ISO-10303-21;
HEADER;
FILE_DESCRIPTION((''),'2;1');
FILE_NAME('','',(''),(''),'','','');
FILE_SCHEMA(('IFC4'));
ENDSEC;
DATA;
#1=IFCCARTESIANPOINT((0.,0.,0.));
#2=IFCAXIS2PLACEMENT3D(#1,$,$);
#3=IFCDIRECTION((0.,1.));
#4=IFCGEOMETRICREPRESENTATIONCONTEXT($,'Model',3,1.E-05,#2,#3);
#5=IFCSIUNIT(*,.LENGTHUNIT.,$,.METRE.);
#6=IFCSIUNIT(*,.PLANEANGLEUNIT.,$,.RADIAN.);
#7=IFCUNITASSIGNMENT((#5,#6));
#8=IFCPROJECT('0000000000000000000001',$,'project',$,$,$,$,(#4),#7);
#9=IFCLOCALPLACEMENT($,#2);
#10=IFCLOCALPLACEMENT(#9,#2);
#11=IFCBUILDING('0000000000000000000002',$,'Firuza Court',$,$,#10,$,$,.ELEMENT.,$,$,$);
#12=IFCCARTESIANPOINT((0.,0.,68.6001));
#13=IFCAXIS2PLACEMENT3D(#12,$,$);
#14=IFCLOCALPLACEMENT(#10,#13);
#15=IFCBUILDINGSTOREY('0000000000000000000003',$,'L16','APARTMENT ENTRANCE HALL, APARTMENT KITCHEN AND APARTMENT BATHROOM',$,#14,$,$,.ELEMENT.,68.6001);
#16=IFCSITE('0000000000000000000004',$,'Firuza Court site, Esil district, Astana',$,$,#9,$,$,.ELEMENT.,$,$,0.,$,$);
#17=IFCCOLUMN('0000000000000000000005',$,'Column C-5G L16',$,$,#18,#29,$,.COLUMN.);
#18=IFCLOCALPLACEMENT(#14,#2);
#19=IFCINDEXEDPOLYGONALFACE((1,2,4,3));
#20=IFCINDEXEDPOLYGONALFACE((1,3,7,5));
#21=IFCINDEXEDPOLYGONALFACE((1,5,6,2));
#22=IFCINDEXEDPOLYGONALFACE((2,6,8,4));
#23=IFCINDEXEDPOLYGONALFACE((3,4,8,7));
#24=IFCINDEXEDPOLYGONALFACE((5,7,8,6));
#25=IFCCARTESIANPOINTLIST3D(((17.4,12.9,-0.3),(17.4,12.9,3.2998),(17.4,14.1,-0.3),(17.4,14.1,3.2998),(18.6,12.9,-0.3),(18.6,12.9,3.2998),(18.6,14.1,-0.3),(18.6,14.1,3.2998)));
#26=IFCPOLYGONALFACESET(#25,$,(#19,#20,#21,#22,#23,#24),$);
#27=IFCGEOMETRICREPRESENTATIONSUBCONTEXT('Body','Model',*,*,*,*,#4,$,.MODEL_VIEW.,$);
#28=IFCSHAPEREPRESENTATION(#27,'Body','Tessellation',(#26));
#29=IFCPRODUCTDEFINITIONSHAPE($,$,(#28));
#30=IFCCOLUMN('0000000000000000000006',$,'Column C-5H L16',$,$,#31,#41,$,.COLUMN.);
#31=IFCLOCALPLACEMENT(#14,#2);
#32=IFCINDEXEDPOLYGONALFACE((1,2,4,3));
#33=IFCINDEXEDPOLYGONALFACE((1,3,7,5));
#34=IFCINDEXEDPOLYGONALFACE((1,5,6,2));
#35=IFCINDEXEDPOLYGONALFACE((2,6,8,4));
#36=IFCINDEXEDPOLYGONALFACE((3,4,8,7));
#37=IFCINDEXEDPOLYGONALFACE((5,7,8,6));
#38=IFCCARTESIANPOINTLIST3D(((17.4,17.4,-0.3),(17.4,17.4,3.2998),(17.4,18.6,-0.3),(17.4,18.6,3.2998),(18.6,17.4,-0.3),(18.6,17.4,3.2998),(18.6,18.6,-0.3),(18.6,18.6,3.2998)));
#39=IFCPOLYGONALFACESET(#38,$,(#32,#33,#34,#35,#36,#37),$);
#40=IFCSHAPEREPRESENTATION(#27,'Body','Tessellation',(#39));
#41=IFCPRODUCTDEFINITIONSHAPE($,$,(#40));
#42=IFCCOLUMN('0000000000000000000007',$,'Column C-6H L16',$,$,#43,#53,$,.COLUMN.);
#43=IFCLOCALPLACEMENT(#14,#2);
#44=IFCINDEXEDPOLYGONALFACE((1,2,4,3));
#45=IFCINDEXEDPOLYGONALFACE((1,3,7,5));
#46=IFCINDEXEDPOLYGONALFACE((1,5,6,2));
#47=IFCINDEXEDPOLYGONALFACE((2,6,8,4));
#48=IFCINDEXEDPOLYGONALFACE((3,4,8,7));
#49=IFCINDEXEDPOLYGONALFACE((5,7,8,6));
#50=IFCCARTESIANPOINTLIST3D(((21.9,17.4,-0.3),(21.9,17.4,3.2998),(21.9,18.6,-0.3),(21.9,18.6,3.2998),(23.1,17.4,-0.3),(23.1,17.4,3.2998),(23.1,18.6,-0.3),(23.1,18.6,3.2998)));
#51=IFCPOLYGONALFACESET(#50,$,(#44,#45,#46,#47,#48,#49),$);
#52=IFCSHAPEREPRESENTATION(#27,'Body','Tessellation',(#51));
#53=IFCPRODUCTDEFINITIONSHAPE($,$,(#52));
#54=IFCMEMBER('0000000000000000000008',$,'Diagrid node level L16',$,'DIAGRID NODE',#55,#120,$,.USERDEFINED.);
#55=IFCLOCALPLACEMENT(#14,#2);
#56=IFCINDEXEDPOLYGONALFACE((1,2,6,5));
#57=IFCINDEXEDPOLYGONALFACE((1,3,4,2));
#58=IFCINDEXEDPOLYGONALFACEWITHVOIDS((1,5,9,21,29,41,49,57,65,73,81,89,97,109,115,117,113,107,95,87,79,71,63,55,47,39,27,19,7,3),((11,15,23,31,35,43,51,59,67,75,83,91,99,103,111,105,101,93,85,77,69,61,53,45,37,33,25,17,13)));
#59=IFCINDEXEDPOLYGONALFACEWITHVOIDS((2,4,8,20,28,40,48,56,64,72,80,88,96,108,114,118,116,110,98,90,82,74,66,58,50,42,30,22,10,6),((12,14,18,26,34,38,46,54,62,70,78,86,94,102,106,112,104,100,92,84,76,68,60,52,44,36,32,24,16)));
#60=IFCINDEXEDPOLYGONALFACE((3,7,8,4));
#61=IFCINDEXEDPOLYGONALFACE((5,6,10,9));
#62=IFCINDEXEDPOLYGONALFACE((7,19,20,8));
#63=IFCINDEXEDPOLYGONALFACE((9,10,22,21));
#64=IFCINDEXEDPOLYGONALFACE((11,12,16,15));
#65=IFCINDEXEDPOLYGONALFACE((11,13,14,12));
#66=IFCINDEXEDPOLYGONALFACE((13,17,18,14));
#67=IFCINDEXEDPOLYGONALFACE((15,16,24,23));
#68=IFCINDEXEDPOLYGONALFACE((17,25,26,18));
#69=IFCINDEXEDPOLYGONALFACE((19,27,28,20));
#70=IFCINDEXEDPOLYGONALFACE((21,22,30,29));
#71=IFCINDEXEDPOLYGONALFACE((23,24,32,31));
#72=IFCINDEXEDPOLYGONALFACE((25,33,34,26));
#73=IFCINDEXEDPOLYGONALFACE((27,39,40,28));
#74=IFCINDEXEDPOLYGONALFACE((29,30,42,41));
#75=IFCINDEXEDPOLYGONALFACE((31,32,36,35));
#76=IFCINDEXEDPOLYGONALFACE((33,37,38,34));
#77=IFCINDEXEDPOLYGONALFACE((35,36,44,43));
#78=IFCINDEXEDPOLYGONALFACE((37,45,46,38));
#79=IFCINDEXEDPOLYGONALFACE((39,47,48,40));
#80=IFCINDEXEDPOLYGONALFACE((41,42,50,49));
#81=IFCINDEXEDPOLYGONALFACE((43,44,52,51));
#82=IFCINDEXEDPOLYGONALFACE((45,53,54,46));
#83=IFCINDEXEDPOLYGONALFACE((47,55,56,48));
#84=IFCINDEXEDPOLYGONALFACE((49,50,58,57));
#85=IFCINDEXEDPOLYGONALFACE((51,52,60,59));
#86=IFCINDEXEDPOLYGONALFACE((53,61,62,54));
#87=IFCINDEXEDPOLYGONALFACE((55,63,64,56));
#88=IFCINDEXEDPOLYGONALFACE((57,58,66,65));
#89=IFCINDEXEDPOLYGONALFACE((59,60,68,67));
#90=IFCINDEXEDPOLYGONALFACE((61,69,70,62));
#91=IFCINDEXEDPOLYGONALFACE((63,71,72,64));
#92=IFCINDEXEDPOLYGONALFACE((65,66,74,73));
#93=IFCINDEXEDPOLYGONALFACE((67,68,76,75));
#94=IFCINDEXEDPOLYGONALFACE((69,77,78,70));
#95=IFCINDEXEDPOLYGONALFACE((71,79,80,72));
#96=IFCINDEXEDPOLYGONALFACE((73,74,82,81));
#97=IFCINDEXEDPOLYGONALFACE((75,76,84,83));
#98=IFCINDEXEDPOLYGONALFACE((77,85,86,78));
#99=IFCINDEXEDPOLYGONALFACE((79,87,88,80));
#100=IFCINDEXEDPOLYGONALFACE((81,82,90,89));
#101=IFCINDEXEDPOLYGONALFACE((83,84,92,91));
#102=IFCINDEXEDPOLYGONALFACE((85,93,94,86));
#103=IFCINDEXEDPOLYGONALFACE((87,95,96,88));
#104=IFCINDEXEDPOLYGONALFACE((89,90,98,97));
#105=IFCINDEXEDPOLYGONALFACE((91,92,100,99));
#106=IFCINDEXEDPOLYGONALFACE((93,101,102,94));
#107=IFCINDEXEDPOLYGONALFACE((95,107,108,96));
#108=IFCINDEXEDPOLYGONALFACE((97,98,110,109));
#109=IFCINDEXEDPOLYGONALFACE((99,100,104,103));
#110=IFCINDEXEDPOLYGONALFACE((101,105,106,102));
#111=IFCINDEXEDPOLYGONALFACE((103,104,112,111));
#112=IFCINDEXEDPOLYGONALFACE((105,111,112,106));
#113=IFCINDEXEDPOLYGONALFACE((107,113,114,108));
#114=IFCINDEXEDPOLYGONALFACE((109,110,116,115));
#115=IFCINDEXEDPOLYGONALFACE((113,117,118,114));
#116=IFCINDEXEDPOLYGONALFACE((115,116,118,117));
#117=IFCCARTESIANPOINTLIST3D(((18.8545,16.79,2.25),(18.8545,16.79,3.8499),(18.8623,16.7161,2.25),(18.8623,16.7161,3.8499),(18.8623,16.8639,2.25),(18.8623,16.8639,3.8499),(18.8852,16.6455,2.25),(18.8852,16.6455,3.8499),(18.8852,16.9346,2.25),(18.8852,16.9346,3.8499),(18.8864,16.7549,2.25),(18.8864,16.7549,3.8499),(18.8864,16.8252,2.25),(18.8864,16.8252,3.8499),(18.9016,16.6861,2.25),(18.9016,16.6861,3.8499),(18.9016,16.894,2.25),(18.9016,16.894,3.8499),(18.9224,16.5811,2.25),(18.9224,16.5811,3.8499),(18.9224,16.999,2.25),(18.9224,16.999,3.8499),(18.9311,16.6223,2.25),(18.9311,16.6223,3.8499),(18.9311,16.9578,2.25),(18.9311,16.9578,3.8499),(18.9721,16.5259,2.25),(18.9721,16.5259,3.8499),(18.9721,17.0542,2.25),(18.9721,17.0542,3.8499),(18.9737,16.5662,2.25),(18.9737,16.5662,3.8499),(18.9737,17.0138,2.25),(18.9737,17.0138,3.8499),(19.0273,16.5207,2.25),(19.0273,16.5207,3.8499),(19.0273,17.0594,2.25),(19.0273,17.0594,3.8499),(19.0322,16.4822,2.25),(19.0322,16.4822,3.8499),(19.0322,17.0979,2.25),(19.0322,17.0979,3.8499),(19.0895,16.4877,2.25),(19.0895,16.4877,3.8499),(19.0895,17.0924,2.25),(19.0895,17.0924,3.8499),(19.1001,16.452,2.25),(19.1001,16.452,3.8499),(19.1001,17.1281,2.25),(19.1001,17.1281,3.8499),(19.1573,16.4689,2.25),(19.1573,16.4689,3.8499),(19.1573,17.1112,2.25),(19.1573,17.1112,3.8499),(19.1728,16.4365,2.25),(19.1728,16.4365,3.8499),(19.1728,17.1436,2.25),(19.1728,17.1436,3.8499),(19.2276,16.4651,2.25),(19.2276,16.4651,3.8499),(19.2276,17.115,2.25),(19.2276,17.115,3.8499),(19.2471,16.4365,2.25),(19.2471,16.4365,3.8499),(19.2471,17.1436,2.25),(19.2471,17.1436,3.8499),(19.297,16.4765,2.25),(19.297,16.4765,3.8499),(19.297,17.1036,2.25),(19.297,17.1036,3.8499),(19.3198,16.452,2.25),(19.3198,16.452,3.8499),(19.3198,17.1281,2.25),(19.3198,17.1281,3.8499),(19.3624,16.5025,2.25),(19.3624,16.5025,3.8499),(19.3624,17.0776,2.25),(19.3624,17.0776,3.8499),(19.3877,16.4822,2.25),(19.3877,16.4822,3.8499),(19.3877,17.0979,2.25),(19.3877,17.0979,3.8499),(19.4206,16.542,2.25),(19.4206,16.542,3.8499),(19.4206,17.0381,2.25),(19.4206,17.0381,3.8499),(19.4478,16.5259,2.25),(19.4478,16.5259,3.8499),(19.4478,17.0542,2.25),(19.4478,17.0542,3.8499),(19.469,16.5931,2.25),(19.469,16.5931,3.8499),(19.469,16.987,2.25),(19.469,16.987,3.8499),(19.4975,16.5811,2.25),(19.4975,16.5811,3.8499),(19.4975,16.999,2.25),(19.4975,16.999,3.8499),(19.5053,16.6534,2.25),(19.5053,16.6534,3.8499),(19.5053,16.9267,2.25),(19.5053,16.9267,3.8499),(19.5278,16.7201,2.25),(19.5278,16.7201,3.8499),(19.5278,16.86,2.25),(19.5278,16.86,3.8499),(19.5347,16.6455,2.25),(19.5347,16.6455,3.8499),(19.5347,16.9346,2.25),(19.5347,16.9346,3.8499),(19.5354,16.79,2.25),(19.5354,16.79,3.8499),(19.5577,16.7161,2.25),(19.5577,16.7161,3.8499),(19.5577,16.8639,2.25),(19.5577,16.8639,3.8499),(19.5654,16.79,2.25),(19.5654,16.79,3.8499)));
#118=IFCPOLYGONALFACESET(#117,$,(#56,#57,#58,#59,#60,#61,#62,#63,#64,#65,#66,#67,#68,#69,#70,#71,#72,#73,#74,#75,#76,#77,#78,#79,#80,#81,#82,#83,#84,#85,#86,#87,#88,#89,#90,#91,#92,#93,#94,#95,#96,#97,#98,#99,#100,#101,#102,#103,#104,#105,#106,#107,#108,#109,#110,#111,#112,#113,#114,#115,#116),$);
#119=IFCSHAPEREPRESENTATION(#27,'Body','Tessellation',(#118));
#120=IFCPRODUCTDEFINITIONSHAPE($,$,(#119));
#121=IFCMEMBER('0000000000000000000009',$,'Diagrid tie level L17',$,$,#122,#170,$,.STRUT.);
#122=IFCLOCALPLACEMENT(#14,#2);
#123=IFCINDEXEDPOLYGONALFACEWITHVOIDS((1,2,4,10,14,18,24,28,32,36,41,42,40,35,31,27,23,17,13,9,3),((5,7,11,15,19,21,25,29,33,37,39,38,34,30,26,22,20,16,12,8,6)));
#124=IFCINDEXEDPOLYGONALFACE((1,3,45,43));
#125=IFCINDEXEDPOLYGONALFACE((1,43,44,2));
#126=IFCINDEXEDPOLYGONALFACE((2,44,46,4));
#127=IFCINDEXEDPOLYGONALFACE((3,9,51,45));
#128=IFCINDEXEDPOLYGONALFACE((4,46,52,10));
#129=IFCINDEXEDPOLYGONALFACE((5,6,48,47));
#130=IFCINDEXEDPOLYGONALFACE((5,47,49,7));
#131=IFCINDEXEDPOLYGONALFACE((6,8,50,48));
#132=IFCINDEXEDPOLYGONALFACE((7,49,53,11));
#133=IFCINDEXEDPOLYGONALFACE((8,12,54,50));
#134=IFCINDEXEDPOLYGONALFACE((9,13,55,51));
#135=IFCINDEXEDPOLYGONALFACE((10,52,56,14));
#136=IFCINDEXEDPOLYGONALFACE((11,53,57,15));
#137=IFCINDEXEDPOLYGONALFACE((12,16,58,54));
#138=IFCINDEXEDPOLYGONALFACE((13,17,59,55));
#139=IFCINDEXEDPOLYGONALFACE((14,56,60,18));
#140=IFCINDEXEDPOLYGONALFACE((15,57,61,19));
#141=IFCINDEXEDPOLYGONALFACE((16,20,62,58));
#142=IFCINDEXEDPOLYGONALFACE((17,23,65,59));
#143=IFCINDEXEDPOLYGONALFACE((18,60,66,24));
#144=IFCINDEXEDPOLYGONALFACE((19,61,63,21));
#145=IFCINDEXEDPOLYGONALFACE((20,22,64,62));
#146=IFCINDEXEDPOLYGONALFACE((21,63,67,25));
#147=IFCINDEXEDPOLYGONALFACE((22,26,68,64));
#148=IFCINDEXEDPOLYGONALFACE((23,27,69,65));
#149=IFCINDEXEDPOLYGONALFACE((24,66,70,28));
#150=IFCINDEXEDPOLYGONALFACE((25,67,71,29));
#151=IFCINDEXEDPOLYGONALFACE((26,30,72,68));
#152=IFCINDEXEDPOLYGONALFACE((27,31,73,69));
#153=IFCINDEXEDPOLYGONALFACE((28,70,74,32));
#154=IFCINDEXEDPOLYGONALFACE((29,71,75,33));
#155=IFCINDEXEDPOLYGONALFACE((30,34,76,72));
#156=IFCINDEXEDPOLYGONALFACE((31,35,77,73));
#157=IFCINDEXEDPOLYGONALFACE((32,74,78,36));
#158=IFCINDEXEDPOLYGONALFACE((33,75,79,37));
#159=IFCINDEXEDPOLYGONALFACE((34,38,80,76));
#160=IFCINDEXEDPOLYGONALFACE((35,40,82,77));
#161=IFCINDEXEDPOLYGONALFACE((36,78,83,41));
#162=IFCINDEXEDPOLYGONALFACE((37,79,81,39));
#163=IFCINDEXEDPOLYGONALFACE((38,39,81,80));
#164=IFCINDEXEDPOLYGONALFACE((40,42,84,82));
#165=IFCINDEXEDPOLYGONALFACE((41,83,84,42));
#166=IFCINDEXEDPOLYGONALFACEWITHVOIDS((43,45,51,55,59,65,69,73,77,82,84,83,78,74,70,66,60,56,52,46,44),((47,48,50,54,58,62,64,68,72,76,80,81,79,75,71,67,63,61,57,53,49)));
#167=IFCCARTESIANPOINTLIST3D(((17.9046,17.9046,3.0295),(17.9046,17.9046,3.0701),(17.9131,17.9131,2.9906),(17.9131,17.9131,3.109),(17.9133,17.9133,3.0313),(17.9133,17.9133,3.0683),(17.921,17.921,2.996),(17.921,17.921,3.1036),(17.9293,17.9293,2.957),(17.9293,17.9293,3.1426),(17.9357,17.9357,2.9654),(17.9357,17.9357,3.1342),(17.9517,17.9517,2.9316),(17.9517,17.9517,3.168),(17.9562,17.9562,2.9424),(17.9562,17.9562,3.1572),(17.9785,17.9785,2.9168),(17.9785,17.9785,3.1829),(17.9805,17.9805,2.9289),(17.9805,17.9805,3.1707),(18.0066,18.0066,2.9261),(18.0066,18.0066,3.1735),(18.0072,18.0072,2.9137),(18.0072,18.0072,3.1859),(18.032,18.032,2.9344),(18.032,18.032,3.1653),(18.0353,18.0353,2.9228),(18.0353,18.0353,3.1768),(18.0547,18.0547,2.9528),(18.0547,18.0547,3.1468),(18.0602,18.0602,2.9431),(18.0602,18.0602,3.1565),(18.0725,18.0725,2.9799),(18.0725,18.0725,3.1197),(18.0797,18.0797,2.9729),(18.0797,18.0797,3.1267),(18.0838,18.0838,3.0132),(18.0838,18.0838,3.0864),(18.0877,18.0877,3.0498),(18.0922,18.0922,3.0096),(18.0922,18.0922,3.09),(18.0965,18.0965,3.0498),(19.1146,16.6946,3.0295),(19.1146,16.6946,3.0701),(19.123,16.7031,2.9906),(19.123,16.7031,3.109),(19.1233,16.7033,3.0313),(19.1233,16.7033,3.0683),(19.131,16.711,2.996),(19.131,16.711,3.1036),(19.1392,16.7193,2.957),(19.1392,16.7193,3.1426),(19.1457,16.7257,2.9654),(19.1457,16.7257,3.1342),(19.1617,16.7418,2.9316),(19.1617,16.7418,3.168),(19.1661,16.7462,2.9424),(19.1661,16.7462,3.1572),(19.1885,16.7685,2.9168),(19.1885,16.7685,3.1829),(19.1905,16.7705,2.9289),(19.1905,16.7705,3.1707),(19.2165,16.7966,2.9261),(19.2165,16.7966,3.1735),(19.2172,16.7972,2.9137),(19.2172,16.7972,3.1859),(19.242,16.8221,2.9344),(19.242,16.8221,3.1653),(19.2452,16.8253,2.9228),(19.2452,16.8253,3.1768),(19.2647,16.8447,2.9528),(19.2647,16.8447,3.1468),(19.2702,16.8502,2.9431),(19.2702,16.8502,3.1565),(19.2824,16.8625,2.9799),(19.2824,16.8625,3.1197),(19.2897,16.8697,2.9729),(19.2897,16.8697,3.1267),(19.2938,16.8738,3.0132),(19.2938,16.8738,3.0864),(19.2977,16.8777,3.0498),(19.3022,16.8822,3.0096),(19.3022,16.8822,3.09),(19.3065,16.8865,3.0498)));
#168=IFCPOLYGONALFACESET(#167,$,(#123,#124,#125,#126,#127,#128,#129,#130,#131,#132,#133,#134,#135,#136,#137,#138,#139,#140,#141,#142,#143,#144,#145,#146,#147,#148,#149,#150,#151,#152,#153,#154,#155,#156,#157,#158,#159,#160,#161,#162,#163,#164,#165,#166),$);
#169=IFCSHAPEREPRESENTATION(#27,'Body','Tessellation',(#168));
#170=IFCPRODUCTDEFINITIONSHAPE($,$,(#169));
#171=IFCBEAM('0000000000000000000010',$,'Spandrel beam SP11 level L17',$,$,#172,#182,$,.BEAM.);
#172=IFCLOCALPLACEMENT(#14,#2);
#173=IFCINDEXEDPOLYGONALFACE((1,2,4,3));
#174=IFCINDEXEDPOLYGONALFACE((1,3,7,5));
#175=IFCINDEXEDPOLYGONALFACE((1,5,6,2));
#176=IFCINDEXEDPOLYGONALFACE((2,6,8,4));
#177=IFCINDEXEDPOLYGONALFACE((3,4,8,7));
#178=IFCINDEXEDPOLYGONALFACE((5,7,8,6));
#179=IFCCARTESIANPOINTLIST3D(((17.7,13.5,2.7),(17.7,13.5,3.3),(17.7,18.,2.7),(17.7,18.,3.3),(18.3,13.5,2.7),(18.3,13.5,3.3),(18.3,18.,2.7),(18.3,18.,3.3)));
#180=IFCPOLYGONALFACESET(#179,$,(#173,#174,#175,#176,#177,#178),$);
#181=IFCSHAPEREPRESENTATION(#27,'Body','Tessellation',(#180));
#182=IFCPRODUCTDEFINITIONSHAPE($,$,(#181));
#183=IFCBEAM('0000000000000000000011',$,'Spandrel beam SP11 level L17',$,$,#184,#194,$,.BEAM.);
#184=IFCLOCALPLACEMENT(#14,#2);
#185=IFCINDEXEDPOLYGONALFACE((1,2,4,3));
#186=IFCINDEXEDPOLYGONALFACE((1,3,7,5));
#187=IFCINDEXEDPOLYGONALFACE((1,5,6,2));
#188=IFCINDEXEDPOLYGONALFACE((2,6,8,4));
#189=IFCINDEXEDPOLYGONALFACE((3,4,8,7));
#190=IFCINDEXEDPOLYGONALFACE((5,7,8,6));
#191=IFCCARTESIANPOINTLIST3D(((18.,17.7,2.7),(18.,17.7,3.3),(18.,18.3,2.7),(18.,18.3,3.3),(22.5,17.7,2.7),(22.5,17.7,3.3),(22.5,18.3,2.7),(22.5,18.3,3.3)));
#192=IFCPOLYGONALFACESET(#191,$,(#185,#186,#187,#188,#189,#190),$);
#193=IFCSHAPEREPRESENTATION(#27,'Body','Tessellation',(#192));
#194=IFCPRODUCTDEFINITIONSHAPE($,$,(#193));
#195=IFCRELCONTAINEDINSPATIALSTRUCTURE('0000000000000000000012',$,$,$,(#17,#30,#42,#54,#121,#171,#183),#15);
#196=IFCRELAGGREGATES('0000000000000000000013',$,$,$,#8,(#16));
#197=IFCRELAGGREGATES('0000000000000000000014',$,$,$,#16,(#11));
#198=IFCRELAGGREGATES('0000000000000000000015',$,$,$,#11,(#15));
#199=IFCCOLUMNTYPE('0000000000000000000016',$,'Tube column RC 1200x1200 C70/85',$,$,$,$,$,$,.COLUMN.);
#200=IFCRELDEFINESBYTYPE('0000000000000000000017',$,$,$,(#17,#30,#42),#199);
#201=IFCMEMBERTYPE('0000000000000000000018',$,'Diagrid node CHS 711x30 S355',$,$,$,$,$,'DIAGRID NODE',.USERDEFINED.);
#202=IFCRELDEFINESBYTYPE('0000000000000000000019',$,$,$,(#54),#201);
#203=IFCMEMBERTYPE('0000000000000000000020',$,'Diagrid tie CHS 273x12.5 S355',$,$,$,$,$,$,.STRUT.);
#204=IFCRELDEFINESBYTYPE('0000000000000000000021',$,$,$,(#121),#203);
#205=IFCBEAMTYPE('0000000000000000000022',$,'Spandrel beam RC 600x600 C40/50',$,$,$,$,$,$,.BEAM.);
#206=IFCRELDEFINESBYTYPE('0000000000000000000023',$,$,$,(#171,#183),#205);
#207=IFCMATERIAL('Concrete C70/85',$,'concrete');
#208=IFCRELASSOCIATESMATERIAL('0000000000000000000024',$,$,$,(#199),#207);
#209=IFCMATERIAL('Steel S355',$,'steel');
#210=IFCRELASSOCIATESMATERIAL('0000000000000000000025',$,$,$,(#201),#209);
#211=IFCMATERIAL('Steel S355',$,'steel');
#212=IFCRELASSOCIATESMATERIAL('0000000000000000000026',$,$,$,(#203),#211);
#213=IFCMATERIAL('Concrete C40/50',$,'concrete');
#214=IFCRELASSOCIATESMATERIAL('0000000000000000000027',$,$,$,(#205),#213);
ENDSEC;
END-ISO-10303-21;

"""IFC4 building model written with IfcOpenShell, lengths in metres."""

from ifc_helpers import new_model, si_unit, direction, frame, origin, origin_2d, place, context, subcontext, project, spatial, rectangle, hollow_circle, extrude, material, material_profile, profile_set, type_object, element, save


model = new_model("IFC4")

# Units and contexts
model_context = context("Model", 3, precision=1e-05, world=origin(), true_north=direction((0.0, 1.0)))
body_context = subcontext(model_context, "Body", "Model", "MODEL_VIEW")
ifc_project = project(units=[si_unit("LENGTHUNIT", "METRE"), si_unit("PLANEANGLEUNIT", "RADIAN")], contexts=[model_context])

# Site, building, storey
site_placement = place(None, origin())
site = spatial("IfcSite", under=ifc_project, at=site_placement, Name="Firuza Court site, Esil district, Astana", CompositionType="ELEMENT", RefElevation=0.0)
building_placement = place(site_placement, origin())
building = spatial("IfcBuilding", under=site, at=building_placement, Name="Firuza Court", CompositionType="ELEMENT")
storey_placement = place(building_placement, frame((0.0, 0.0, 68.6001)))
storey = spatial("IfcBuildingStorey", under=building, at=storey_placement, Name="L16", Description="APARTMENT ENTRANCE HALL, APARTMENT KITCHEN AND APARTMENT BATHROOM", CompositionType="ELEMENT", Elevation=68.6001)

# Columns
ifc_material_1 = material(Name="Concrete C70/85", Category="concrete")
ifc_material_profile_1 = material_profile(ifc_material_1, rectangle(XDim=1.2, YDim=1.2, at=origin_2d()), Name="RC 1200x1200")
ifc_profile_set_1 = profile_set([ifc_material_profile_1], Name="Concrete C70/85")
column_type = type_object("IfcColumnType", Name="Tube column RC 1200x1200 C70/85", PredefinedType="COLUMN", material=ifc_profile_set_1)
for number, where, z_axis, x_axis, name in (
    (1, (18.0, 13.5, -0.3), (0.0, 0.0, 1.0), (1.0, 0.0, 0.0), "Column C-5G L16"),
    (2, (18.0, 18.0, -0.3), (0.0, 0.0, 1.0), (1.0, 0.0, 0.0), "Column C-5H L16"),
    (3, (22.5, 18.0, -0.3), (0.0, 0.0, 1.0), (1.0, 0.0, 0.0), "Column C-6H L16"),
):
    element("IfcColumn", number, at=place(storey_placement, frame(where, z_axis=z_axis, x_axis=x_axis)), inside=storey, type_object=column_type, Name=name, PredefinedType="COLUMN", context=body_context, shape_type="SweptSolid", body=[
        extrude(rectangle(XDim=1.2, YDim=1.2, at=origin_2d()), origin(), (0.0, 0.0, 1.0), 3.5999),
    ])

# Members
ifc_material_2 = material(Name="Steel S355", Category="steel")
ifc_material_profile_2 = material_profile(ifc_material_2, hollow_circle(Radius=0.3555, WallThickness=0.03, at=origin_2d()), Name="CHS 711x30")
ifc_profile_set_2 = profile_set([ifc_material_profile_2], Name="Steel S355")
member_type_1 = type_object("IfcMemberType", Name="Diagrid node CHS 711x30 S355", ElementType="DIAGRID NODE", PredefinedType="USERDEFINED", material=ifc_profile_set_2)
member_1_placement = place(storey_placement, frame((19.21, 16.79, 2.25), z_axis=(0.0, 0.0, 1.0), x_axis=(1.0, 0.0, 0.0)))
element("IfcMember", 4, at=member_1_placement, inside=storey, type_object=member_type_1, Name="Diagrid node level L16", ObjectType="DIAGRID NODE", PredefinedType="USERDEFINED", context=body_context, shape_type="SweptSolid", body=[
    extrude(hollow_circle(Radius=0.3555, WallThickness=0.03, at=origin_2d()), origin(), (0.0, 0.0, 1.0), 1.5999),
])
ifc_material_3 = material(Name="Steel S355", Category="steel")
ifc_material_profile_3 = material_profile(ifc_material_3, hollow_circle(Radius=0.1365, WallThickness=0.0125, at=origin_2d()), Name="CHS 273x12.5")
ifc_profile_set_3 = profile_set([ifc_material_profile_3], Name="Steel S355")
member_type_2 = type_object("IfcMemberType", Name="Diagrid tie CHS 273x12.5 S355", PredefinedType="STRUT", material=ifc_profile_set_3)
member_2_placement = place(storey_placement, frame((18.0, 18.0, 3.0498), z_axis=(0.707107, -0.707107, 0.0), x_axis=(0.707107, 0.707107, 0.0)))
element("IfcMember", 5, at=member_2_placement, inside=storey, type_object=member_type_2, Name="Diagrid tie level L17", PredefinedType="STRUT", context=body_context, shape_type="SweptSolid", body=[
    extrude(hollow_circle(Radius=0.1365, WallThickness=0.0125, at=origin_2d()), origin(), (0.0, 0.0, 1.0), 1.7112),
])

# Beams
ifc_material_4 = material(Name="Concrete C40/50", Category="concrete")
ifc_material_profile_4 = material_profile(ifc_material_4, rectangle(XDim=0.6001, YDim=0.6001, at=origin_2d()), Name="RC 600x600")
ifc_profile_set_4 = profile_set([ifc_material_profile_4], Name="Concrete C40/50")
beam_type = type_object("IfcBeamType", Name="Spandrel beam RC 600x600 C40/50", PredefinedType="BEAM", material=ifc_profile_set_4)
for number, where, z_axis, x_axis, name in (
    (6, (18.0, 13.5, 3.0), (0.0, 1.0, 0.0), (-1.0, 0.0, 0.0), "Spandrel beam SP11 level L17"),
    (7, (18.0, 18.0, 3.0), (1.0, 0.0, 0.0), (0.0, 1.0, 0.0), "Spandrel beam SP11 level L17"),
):
    element("IfcBeam", number, at=place(storey_placement, frame(where, z_axis=z_axis, x_axis=x_axis)), inside=storey, type_object=beam_type, Name=name, PredefinedType="BEAM", context=body_context, shape_type="SweptSolid", body=[
        extrude(rectangle(XDim=0.6001, YDim=0.6001, at=origin_2d()), origin(), (0.0, 0.0, 1.0), 4.5),
    ])

save(model, "model.ifc")
